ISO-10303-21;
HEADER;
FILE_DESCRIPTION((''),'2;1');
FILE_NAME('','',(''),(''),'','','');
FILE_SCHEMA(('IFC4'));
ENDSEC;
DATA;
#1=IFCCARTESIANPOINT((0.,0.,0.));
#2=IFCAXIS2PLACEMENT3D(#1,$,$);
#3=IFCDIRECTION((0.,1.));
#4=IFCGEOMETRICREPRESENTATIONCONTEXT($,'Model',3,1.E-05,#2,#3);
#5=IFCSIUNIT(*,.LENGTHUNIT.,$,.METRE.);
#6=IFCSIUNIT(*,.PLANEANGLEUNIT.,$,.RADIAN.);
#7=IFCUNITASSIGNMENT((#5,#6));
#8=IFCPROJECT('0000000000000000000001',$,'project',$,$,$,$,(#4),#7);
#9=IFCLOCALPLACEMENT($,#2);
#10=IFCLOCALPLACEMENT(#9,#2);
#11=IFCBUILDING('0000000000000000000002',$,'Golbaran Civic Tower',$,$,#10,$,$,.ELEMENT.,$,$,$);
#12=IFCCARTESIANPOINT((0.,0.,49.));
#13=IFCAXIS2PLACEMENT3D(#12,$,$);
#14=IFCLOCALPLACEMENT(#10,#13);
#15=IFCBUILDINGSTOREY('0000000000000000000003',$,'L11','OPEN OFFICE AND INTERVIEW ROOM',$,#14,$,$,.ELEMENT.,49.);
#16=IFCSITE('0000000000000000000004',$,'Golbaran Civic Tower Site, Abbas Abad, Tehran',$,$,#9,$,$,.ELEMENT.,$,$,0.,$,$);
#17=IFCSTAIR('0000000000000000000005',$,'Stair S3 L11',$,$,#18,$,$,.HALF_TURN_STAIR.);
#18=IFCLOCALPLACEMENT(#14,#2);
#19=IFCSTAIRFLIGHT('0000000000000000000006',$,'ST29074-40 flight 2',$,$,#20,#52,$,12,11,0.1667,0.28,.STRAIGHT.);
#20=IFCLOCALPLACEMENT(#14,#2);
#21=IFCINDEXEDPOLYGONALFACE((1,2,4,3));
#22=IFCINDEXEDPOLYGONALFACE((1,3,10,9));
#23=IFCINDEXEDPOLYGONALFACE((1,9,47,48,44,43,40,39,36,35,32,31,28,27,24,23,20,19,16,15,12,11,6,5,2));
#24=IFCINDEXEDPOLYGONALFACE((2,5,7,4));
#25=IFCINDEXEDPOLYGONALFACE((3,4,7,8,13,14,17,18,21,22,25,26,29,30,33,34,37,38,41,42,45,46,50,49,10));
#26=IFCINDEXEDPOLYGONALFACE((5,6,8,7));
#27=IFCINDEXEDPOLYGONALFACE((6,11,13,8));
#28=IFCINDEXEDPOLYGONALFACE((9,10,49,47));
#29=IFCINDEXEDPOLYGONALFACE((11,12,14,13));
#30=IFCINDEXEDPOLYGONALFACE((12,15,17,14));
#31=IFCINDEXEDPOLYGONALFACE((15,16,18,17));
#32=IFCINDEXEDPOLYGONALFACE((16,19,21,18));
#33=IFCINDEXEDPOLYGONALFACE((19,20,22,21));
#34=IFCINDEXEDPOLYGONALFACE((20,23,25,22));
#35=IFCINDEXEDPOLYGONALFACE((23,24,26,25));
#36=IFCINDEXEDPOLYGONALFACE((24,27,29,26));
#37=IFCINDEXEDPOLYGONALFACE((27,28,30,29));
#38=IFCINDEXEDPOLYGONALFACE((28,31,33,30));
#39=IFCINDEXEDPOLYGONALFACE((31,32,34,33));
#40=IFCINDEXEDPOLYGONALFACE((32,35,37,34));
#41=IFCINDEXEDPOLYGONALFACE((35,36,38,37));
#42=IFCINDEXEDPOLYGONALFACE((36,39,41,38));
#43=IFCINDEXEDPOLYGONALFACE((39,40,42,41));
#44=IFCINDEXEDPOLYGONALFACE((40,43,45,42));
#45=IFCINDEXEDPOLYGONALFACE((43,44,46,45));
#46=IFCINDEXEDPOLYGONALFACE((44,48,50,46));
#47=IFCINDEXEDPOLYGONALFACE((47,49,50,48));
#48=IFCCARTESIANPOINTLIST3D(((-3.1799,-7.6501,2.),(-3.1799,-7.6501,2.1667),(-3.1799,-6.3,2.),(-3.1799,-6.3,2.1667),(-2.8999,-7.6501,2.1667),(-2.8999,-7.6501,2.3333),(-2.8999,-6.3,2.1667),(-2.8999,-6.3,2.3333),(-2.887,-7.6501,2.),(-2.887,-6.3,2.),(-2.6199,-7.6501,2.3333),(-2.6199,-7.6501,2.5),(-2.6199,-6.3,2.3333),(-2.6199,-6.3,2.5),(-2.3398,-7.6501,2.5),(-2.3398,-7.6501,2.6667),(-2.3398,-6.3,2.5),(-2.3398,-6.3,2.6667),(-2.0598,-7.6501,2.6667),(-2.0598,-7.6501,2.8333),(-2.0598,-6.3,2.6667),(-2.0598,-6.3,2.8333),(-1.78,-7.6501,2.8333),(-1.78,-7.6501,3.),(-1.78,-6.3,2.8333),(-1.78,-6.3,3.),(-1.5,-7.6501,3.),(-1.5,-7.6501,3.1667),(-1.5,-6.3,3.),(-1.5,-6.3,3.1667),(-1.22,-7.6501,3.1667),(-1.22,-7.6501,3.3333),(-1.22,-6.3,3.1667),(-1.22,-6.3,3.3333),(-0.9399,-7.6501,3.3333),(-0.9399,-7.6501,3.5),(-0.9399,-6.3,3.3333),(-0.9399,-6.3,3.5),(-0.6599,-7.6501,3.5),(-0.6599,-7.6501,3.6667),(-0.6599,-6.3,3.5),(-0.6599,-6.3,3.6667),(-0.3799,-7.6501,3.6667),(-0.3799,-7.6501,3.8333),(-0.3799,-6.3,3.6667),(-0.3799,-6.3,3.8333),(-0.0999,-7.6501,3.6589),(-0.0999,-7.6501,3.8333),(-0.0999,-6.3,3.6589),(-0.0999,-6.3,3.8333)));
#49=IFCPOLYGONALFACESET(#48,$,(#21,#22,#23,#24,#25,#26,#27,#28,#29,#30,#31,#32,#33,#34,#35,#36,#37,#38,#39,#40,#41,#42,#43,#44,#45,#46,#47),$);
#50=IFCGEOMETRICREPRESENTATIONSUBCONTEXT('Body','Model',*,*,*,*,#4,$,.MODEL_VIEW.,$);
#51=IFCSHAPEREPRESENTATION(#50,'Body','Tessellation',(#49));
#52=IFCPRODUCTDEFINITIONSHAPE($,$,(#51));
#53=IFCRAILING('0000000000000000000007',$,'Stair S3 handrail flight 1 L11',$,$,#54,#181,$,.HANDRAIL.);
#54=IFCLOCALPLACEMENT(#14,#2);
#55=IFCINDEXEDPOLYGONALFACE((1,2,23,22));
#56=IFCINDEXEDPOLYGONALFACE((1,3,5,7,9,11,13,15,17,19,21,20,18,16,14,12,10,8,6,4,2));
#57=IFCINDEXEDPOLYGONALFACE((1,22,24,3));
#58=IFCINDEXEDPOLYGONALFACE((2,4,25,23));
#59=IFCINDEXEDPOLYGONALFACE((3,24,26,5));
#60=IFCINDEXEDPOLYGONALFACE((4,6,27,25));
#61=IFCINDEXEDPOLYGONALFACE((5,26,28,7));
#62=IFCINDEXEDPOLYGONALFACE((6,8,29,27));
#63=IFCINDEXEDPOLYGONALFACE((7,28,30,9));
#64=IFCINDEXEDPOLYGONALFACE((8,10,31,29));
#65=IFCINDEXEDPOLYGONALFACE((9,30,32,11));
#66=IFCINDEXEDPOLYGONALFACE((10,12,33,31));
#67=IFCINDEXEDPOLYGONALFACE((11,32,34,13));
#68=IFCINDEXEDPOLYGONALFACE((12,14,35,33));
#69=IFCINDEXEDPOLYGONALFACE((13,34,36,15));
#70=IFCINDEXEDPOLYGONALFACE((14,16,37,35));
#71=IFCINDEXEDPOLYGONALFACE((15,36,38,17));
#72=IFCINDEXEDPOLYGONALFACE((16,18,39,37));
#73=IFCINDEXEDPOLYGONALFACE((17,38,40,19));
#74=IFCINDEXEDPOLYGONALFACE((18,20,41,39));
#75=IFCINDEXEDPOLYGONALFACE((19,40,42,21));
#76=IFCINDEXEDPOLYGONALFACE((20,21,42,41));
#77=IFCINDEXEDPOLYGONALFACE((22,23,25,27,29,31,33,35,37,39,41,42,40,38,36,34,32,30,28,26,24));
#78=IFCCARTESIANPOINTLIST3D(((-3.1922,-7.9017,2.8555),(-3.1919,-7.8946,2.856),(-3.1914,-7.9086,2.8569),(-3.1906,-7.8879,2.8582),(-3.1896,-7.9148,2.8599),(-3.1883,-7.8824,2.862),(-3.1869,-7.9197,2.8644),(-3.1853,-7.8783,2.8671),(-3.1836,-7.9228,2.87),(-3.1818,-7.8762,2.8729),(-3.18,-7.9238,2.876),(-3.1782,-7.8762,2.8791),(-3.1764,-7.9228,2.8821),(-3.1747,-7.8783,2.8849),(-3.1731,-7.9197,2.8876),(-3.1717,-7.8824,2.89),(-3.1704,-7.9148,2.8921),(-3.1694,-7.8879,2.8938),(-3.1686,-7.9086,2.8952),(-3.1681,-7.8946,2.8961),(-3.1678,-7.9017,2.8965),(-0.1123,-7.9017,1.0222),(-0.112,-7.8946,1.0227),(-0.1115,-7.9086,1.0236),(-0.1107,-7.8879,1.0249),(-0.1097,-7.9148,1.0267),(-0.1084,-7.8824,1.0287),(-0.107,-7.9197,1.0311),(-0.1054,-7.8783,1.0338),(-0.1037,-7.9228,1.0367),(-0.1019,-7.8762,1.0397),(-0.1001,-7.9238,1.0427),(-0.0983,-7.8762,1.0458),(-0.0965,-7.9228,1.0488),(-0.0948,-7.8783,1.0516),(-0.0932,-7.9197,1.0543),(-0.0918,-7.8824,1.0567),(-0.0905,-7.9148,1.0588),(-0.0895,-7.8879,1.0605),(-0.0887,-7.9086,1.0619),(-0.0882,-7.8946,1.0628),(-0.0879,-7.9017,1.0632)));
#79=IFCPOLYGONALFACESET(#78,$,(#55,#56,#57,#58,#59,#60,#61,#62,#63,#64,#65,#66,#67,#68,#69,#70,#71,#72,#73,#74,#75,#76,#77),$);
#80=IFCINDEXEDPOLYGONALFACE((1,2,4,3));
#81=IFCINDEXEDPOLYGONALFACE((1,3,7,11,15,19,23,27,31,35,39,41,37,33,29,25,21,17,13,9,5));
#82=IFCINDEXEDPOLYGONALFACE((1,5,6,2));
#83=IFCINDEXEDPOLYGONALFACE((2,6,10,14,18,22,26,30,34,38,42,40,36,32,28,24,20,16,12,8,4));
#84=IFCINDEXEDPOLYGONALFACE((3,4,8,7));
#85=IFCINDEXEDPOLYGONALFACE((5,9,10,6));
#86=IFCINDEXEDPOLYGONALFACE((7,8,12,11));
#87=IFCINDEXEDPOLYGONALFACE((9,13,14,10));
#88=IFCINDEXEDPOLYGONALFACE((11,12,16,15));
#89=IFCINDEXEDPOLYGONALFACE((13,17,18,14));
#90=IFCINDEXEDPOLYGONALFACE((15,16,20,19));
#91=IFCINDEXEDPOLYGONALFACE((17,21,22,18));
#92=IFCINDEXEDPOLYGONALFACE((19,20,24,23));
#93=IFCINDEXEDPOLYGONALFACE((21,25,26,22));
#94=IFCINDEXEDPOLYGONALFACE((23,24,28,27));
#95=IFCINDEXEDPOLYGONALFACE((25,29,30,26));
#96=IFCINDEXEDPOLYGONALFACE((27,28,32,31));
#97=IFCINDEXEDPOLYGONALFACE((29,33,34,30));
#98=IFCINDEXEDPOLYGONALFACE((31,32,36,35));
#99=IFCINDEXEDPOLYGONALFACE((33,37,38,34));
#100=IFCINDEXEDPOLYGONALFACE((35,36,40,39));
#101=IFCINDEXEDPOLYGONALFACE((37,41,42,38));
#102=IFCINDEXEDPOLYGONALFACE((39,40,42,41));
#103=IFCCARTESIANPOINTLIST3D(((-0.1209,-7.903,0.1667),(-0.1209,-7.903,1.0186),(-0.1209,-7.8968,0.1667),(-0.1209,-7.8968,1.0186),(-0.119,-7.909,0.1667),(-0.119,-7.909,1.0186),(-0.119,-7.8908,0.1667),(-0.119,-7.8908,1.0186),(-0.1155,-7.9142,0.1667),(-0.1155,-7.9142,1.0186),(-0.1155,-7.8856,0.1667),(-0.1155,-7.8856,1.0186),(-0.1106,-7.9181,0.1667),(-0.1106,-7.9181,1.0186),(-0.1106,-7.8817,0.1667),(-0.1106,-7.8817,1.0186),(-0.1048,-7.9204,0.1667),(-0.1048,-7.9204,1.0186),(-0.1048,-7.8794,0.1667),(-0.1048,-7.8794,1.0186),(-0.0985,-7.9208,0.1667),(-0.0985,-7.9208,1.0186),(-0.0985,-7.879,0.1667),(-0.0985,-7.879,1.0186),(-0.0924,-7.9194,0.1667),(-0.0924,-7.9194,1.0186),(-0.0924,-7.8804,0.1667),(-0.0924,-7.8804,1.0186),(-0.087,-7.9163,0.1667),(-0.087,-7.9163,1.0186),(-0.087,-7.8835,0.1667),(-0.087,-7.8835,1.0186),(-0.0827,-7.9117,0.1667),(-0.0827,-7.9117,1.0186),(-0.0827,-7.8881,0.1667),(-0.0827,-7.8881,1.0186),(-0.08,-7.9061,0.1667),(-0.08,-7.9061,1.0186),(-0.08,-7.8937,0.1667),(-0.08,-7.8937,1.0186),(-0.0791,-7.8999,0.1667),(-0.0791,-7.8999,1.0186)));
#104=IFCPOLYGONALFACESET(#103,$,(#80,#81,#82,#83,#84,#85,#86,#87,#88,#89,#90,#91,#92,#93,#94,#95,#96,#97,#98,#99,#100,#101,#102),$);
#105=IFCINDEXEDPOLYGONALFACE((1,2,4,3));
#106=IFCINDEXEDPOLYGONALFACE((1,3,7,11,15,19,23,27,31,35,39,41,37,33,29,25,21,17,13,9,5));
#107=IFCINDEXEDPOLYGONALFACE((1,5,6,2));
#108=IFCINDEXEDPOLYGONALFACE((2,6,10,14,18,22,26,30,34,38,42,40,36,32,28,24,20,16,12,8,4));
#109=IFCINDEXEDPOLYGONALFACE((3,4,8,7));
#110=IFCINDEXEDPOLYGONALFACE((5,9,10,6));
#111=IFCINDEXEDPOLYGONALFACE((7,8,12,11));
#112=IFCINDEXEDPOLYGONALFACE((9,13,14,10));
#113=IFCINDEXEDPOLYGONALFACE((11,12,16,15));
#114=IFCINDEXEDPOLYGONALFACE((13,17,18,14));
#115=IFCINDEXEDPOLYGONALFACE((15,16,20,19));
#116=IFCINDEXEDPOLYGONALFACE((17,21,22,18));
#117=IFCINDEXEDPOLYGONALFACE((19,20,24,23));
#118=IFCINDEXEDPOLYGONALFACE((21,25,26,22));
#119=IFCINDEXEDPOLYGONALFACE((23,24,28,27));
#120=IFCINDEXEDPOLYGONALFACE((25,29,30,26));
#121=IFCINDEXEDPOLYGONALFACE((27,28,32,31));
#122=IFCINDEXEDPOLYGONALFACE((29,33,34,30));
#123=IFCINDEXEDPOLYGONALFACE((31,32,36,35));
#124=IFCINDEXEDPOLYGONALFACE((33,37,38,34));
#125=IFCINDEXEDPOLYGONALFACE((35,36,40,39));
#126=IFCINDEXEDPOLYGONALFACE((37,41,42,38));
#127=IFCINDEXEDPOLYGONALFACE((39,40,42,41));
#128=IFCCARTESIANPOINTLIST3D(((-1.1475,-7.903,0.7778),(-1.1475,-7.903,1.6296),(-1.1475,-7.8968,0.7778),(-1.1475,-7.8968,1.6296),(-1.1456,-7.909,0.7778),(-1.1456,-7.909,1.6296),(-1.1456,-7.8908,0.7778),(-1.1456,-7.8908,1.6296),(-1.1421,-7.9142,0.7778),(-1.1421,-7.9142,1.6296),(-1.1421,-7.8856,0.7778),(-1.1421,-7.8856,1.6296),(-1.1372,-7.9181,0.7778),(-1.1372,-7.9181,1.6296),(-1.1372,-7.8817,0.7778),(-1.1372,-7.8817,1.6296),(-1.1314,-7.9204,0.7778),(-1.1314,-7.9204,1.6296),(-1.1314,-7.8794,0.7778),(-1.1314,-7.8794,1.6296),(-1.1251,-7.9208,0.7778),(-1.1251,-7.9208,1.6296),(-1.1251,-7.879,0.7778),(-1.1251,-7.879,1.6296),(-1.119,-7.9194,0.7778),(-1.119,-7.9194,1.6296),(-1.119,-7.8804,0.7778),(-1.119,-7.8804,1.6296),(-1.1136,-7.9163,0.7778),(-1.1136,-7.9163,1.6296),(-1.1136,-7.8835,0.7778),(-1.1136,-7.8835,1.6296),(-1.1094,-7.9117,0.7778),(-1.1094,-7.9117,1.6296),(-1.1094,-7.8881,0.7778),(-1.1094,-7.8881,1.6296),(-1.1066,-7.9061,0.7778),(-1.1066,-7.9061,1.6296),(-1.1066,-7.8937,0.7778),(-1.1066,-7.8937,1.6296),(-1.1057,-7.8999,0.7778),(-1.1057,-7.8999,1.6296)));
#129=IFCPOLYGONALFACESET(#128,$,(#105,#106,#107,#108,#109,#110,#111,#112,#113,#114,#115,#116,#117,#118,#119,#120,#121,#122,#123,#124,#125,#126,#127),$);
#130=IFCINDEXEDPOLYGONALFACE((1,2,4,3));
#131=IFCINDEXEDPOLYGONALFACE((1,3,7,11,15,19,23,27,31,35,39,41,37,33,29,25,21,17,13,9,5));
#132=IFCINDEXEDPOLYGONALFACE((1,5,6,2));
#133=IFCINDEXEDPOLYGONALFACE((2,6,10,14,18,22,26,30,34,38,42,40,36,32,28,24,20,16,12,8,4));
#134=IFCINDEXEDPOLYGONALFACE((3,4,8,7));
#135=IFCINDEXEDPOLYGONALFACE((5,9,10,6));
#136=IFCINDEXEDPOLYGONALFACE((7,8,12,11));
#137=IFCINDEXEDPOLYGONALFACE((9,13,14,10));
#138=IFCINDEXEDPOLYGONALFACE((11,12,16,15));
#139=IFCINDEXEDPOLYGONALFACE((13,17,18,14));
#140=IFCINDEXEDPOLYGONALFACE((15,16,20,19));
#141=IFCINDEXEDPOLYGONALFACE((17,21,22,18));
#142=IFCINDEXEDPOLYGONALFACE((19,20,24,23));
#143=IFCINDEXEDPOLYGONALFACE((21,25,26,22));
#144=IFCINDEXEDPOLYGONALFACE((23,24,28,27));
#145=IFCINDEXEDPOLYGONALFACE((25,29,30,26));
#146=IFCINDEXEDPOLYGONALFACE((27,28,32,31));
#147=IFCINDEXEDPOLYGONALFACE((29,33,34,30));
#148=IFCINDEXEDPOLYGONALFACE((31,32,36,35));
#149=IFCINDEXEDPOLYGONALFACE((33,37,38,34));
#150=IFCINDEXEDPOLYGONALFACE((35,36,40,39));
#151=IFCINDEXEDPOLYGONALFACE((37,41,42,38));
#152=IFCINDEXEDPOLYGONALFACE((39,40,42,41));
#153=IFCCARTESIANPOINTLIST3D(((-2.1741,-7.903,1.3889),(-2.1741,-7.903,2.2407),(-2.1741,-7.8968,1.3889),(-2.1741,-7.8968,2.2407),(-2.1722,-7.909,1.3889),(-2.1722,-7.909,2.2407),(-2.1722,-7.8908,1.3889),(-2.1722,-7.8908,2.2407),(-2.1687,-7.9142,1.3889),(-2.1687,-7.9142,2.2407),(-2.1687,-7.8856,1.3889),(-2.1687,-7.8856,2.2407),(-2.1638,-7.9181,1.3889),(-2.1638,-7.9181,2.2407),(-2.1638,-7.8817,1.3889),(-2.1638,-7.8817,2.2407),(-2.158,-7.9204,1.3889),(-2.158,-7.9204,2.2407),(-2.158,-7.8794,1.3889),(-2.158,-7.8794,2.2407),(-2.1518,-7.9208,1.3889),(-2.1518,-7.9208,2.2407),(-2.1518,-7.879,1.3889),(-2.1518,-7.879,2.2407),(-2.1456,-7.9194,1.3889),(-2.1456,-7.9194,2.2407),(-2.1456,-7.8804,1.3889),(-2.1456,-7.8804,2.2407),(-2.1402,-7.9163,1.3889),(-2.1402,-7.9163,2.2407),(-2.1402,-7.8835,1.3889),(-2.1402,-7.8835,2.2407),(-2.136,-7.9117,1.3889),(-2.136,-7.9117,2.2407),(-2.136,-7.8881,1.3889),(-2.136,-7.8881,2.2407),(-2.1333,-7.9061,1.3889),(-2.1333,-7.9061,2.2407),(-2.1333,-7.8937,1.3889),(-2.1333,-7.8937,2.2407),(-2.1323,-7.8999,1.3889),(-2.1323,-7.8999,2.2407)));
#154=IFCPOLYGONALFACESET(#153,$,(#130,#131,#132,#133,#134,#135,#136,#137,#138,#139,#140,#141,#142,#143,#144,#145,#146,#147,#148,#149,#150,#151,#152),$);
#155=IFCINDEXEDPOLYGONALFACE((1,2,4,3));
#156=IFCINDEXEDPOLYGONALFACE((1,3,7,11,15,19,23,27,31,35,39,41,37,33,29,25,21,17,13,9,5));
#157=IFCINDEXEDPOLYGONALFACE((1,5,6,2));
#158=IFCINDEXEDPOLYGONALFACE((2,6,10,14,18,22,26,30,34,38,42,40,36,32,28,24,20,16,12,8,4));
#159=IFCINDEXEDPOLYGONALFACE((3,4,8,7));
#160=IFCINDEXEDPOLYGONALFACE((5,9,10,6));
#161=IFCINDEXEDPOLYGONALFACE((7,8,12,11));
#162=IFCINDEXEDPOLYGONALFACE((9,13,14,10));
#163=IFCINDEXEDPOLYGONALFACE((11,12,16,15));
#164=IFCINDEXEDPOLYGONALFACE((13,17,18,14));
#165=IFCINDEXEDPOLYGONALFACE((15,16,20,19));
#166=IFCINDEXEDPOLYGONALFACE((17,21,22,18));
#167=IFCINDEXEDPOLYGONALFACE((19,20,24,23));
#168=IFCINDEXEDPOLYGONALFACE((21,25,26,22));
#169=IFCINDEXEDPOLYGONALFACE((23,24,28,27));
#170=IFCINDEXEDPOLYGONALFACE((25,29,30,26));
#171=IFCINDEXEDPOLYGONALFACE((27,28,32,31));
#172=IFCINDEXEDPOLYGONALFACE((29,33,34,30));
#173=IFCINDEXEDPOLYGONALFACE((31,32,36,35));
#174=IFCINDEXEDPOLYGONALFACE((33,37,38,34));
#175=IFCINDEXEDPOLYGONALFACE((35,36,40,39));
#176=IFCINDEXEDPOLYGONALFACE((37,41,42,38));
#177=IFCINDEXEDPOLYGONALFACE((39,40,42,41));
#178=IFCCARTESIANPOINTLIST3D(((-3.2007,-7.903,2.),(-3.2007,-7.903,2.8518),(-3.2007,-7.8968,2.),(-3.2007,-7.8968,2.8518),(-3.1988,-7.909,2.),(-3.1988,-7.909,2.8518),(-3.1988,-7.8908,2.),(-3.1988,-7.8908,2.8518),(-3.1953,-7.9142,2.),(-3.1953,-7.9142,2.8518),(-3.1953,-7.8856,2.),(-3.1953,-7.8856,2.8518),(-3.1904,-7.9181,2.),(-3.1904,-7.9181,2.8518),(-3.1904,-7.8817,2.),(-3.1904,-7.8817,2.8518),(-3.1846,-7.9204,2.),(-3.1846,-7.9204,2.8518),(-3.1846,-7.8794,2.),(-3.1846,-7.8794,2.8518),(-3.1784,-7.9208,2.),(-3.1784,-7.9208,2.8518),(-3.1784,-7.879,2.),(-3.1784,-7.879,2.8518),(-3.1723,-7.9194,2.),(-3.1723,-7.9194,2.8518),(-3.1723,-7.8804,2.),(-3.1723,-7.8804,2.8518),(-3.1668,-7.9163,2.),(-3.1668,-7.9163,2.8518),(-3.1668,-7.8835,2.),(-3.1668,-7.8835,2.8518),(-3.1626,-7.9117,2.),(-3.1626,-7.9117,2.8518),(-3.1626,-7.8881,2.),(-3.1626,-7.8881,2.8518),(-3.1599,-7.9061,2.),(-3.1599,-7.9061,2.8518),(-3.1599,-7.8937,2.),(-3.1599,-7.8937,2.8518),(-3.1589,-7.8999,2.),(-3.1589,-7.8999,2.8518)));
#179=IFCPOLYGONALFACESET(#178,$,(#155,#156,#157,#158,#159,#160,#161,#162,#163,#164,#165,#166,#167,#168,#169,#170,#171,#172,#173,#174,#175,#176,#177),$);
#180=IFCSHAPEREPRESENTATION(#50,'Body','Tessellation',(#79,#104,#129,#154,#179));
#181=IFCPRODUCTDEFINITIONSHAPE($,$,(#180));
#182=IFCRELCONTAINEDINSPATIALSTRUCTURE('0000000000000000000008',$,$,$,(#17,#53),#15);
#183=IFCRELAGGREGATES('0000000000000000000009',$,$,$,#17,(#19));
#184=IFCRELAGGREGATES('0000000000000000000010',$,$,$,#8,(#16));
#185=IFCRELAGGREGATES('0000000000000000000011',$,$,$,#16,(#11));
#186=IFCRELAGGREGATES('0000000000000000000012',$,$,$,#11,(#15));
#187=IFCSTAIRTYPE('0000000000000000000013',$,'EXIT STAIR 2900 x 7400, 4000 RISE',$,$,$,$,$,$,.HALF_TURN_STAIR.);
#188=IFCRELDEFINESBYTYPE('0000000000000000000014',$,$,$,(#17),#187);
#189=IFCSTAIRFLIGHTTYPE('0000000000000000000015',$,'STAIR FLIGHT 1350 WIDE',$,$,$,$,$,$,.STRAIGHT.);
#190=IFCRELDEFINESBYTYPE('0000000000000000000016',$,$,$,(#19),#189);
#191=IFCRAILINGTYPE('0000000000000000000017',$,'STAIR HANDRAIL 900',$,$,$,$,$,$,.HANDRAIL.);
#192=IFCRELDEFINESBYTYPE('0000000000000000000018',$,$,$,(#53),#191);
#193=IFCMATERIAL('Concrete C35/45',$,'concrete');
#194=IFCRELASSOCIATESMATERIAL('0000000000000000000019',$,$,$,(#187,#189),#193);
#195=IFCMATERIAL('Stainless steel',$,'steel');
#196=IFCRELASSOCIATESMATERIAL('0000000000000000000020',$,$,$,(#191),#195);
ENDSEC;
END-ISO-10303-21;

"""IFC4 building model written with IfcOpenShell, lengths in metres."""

from ifc_helpers import new_model, si_unit, direction, frame, origin, origin_2d, place, context, subcontext, project, spatial, polyline, circle, outline, extrude, material, type_object, element, aggregate, save


model = new_model("IFC4")

# Units and contexts
model_context = context("Model", 3, precision=1e-05, world=origin(), true_north=direction((0.0, 1.0)))
body_context = subcontext(model_context, "Body", "Model", "MODEL_VIEW")
ifc_project = project(units=[si_unit("LENGTHUNIT", "METRE"), si_unit("PLANEANGLEUNIT", "RADIAN")], contexts=[model_context])

# Site, building, storey
site_placement = place(None, origin())
site = spatial("IfcSite", under=ifc_project, at=site_placement, Name="Golbaran Civic Tower Site, Abbas Abad, Tehran", CompositionType="ELEMENT", RefElevation=0.0)
building_placement = place(site_placement, origin())
building = spatial("IfcBuilding", under=site, at=building_placement, Name="Golbaran Civic Tower", CompositionType="ELEMENT")
storey_placement = place(building_placement, frame((0.0, 0.0, 49.0)))
storey = spatial("IfcBuildingStorey", under=building, at=storey_placement, Name="L11", Description="OPEN OFFICE AND INTERVIEW ROOM", CompositionType="ELEMENT", Elevation=49.0)

# Shared definitions
ifc_material_1 = material(Name="Concrete C35/45", Category="concrete")

# Shared definitions
ifc_material_2 = material(Name="Stainless steel", Category="steel")

# Stair, stair flight
stair_type_1 = type_object("IfcStairType", Name="EXIT STAIR 2900 x 7400, 4000 RISE", PredefinedType="HALF_TURN_STAIR", material=ifc_material_1)
stair_1_placement = place(storey_placement, origin())
stair_1 = element("IfcStair", 1, at=stair_1_placement, inside=storey, type_object=stair_type_1, Name="Stair S3 L11", PredefinedType="HALF_TURN_STAIR")
stair_flight_type = type_object("IfcStairFlightType", Name="STAIR FLIGHT 1350 WIDE", PredefinedType="STRAIGHT", material=ifc_material_1)
stair_flight_placement = place(storey_placement, frame((-3.1799, -6.9751, 2.0), z_axis=(0.0, 0.0, 1.0), x_axis=(1.0, 0.0, 0.0)))
stair_flight = element("IfcStairFlight", 2, at=stair_flight_placement, type_object=stair_flight_type, Name="ST29074-40 flight 2", NumberOfRisers=12, NumberOfTreads=11, PredefinedType="STRAIGHT", RiserHeight=0.1667, TreadLength=0.28, context=body_context, shape_type="SweptSolid", body=[
    extrude(outline(polyline([(0.0, 0.0), (0.0, 0.1667), (0.28, 0.1667), (0.28, 0.3333), (0.5601, 0.3333), (0.5601, 0.5), (0.8401, 0.5), (0.8401, 0.6667), (1.1201, 0.6667), (1.1201, 0.8333), (1.3999, 0.8333), (1.3999, 1.0), (1.6799, 1.0), (1.6799, 1.1667), (1.96, 1.1667), (1.96, 1.3333), (2.24, 1.3333), (2.24, 1.5), (2.52, 1.5), (2.52, 1.6667), (2.8, 1.6667), (2.8, 1.8333), (3.0801, 1.8333), (3.0801, 2.0), (3.0801, 1.6589), (0.293, 0.0), (0.0, 0.0)])), frame((0.0, 0.675, 0.0), z_axis=(0.0, -1.0, 0.0), x_axis=(1.0, 0.0, 0.0)), (0.0, 0.0, 1.0), 1.3501),
])
aggregate(stair_1, [stair_flight])

# Railing
railing_type = type_object("IfcRailingType", Name="STAIR HANDRAIL 900", PredefinedType="HANDRAIL", material=ifc_material_2)
railing_1_placement = place(storey_placement, frame((-0.1001, -7.8999, 0.1667)))
element("IfcRailing", 3, at=railing_1_placement, inside=storey, type_object=railing_type, Name="Stair S3 handrail flight 1 L11", PredefinedType="HANDRAIL", context=body_context, shape_type="SweptSolid", body=[
    extrude(circle(Radius=0.0239, at=origin_2d()), frame((0.0, 0.0, 0.876), z_axis=(-0.859291, 0.0, 0.511487), x_axis=(0.0, -1.0, 0.0)), (0.0, 0.0, 1.0), 3.5842),
    extrude(circle(Radius=0.021, at=origin_2d()), origin(), (0.0, 0.0, 1.0), 0.8518),
    extrude(circle(Radius=0.021, at=origin_2d()), frame((-1.0266, 0.0, 0.6111)), (0.0, 0.0, 1.0), 0.8518),
    extrude(circle(Radius=0.021, at=origin_2d()), frame((-2.0532, 0.0, 1.2222)), (0.0, 0.0, 1.0), 0.8518),
    extrude(circle(Radius=0.021, at=origin_2d()), frame((-3.0798, 0.0, 1.8333)), (0.0, 0.0, 1.0), 0.8518),
])

save(model, "model.ifc")
